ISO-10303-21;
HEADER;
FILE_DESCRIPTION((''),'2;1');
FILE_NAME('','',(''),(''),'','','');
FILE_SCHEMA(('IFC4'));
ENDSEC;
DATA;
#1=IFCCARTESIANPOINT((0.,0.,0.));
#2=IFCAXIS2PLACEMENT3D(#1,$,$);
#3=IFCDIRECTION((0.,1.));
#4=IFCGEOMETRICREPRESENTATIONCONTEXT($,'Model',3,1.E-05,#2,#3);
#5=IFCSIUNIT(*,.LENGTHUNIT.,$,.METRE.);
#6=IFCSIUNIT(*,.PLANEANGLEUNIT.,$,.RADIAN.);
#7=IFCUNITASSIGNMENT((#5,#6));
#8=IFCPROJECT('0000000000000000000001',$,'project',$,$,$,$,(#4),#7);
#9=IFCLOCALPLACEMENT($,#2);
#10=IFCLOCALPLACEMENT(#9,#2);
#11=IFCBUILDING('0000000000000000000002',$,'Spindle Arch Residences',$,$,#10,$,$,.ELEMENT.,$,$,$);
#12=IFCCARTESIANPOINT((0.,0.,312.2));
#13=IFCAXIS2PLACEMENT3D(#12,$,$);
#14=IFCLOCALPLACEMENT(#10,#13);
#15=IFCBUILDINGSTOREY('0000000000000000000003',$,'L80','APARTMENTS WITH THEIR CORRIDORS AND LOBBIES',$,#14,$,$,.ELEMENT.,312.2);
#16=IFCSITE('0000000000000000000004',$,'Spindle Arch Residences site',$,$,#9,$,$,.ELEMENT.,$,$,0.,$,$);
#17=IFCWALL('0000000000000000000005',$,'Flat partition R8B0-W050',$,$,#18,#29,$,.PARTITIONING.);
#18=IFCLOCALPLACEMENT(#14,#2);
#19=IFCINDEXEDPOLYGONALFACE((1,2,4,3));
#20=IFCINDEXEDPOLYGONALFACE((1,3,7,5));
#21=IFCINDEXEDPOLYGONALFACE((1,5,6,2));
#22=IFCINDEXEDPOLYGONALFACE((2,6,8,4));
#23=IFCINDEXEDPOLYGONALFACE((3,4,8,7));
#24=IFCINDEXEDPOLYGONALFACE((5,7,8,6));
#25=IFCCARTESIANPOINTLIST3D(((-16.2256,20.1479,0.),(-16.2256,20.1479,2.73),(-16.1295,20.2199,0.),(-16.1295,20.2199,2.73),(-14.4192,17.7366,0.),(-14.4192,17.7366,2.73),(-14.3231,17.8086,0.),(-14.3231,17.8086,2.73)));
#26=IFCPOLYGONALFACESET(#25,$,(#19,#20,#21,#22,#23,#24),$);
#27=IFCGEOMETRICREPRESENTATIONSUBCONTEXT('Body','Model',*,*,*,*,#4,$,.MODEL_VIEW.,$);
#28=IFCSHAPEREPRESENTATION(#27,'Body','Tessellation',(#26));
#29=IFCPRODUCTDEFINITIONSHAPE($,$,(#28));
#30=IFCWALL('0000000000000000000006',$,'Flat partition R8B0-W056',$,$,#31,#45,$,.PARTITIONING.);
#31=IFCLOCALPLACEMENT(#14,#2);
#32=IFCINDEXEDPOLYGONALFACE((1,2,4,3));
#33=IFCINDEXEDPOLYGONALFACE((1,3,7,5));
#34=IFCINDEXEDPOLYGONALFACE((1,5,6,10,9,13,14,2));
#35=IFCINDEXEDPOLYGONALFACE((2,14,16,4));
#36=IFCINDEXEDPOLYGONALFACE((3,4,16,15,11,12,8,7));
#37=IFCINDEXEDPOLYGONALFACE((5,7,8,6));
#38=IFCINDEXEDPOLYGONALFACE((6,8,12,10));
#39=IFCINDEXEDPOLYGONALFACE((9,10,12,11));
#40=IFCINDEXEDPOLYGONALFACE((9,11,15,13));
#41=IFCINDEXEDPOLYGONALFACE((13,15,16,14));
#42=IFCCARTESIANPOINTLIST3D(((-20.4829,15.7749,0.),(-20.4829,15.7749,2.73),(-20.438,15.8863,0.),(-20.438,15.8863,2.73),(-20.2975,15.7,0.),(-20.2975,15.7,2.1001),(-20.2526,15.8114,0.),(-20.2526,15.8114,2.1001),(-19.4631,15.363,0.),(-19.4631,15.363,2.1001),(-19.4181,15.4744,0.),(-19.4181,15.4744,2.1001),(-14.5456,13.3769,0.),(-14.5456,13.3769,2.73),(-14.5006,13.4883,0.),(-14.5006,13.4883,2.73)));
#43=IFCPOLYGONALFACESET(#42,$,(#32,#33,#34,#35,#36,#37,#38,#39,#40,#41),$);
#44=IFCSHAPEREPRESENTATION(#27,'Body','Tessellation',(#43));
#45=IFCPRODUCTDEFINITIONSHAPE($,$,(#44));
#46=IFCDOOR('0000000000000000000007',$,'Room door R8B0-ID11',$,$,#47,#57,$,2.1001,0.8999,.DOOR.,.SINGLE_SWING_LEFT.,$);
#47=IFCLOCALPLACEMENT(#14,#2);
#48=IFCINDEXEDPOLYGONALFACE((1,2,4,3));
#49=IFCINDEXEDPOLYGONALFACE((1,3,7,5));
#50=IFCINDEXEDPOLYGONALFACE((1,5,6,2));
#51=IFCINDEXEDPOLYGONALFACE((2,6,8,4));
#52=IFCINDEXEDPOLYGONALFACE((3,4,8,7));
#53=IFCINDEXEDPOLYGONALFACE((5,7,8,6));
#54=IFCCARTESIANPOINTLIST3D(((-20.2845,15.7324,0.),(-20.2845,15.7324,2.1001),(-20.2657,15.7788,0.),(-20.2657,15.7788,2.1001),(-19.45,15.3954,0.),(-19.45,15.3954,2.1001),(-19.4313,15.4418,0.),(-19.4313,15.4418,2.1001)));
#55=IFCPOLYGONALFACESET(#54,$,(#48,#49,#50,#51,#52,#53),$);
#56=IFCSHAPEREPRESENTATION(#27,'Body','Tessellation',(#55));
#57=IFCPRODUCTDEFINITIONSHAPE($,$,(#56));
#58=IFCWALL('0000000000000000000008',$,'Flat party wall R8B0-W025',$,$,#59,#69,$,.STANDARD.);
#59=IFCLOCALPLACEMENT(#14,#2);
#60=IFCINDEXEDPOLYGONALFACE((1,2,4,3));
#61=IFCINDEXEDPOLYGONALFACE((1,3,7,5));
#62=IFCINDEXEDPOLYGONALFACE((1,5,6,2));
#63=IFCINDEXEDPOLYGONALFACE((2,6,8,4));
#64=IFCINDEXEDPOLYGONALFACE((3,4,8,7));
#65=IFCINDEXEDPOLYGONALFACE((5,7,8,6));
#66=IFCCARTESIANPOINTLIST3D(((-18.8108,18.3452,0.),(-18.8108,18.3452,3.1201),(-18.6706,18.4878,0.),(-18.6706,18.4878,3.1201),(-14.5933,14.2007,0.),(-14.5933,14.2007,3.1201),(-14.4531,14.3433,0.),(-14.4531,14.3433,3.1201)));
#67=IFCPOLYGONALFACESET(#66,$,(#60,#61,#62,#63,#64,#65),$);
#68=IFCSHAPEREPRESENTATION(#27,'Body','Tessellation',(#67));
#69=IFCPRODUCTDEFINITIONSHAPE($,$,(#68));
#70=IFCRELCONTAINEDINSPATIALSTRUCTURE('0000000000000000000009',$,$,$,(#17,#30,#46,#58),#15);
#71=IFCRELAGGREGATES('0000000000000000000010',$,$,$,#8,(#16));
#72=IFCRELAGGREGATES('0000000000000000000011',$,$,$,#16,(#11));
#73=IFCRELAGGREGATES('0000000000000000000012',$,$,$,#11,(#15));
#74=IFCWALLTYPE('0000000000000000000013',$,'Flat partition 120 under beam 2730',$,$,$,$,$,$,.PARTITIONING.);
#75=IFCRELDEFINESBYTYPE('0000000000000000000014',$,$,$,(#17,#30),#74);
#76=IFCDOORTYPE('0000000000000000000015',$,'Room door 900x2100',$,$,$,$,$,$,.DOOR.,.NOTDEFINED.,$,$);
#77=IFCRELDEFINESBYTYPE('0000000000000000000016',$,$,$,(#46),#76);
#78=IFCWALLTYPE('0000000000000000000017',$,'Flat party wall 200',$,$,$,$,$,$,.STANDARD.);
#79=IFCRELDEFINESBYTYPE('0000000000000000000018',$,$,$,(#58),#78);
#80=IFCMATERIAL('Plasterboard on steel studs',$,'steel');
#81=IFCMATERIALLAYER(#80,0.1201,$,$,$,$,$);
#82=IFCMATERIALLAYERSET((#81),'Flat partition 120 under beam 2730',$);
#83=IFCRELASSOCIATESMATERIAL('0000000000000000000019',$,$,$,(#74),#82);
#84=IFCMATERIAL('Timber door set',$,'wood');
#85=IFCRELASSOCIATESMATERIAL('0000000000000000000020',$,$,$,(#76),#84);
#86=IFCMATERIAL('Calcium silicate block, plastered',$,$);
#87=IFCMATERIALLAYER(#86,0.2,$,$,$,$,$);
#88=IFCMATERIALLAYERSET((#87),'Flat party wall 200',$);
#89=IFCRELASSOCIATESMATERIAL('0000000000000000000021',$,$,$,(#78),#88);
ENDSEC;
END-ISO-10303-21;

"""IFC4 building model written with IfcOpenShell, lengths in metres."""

from ifc_helpers import new_model, si_unit, direction, frame, frame_2d, origin, place, context, subcontext, project, spatial, rectangle, extrude, material, layer, layer_set, type_object, element, fill, save


model = new_model("IFC4")

# Units and contexts
model_context = context("Model", 3, precision=1e-05, world=origin(), true_north=direction((0.0, 1.0)))
body_context = subcontext(model_context, "Body", "Model", "MODEL_VIEW")
ifc_project = project(units=[si_unit("LENGTHUNIT", "METRE"), si_unit("PLANEANGLEUNIT", "RADIAN")], contexts=[model_context])

# Site, building, storey
site_placement = place(None, origin())
site = spatial("IfcSite", under=ifc_project, at=site_placement, Name="Spindle Arch Residences site", CompositionType="ELEMENT", RefElevation=0.0)
building_placement = place(site_placement, origin())
building = spatial("IfcBuilding", under=site, at=building_placement, Name="Spindle Arch Residences", CompositionType="ELEMENT")
storey_placement = place(building_placement, frame((0.0, 0.0, 312.2)))
storey = spatial("IfcBuildingStorey", under=building, at=storey_placement, Name="L80", Description="APARTMENTS WITH THEIR CORRIDORS AND LOBBIES", CompositionType="ELEMENT", Elevation=312.2)

# Wall
ifc_material_1 = material(Name="Plasterboard on steel studs", Category="steel")
ifc_layer_1 = layer(ifc_material_1, 0.1201)
ifc_layer_set_1 = layer_set([ifc_layer_1], Name="Flat partition 120 under beam 2730")
wall_type_1 = type_object("IfcWallType", Name="Flat partition 120 under beam 2730", PredefinedType="PARTITIONING", material=ifc_layer_set_1)
wall_1_placement = place(storey_placement, frame((-16.1775, 20.1838, 0.0), z_axis=(0.0, 0.0, 1.0), x_axis=(0.599546, -0.80034, 0.0)))
element("IfcWall", 1, at=wall_1_placement, inside=storey, type_object=wall_type_1, Name="Flat partition R8B0-W050", PredefinedType="PARTITIONING", context=body_context, shape_type="SweptSolid", body=[
    extrude(rectangle(XDim=3.0129, YDim=0.1201, at=frame_2d((1.5063, 0.0))), origin(), (0.0, 0.0, 1.0), 2.73),
])

# Wall, opening, door
wall_2_placement = place(storey_placement, frame((-20.4604, 15.8306, 0.0), z_axis=(0.0, 0.0, 1.0), x_axis=(0.92723, -0.374491, 0.0)))
wall_2 = element("IfcWall", 2, at=wall_2_placement, inside=storey, type_object=wall_type_1, Name="Flat partition R8B0-W056", PredefinedType="PARTITIONING", context=body_context, shape_type="SweptSolid", body=[
    extrude(rectangle(XDim=6.4033, YDim=0.1201, at=frame_2d((3.2017, 0.0))), origin(), (0.0, 0.0, 1.0), 2.73),
])
opening_1_placement = place(wall_2_placement, frame((0.2, 0.0, 0.0)))
opening_1 = element("IfcOpeningElement", 3, at=opening_1_placement, cuts=wall_2, PredefinedType="OPENING", context=body_context, shape_type="SweptSolid", body=[
    extrude(rectangle(XDim=0.8999, YDim=2.1001, at=frame_2d((0.45, 1.05))), frame((0.0, 0.0701, 0.0), z_axis=(0.0, -1.0, 0.0), x_axis=(1.0, 0.0, 0.0)), (0.0, 0.0, 1.0), 0.1401),
])
ifc_material_2 = material(Name="Timber door set", Category="wood")
door_type_1 = type_object("IfcDoorType", Name="Room door 900x2100", OperationType="NOTDEFINED", PredefinedType="DOOR", material=ifc_material_2)
door_1_placement = place(opening_1_placement, origin())
door_1 = element("IfcDoor", 4, at=door_1_placement, inside=storey, type_object=door_type_1, Name="Room door R8B0-ID11", OperationType="SINGLE_SWING_LEFT", OverallHeight=2.1001, OverallWidth=0.8999, PredefinedType="DOOR", context=body_context, shape_type="SweptSolid", body=[
    extrude(rectangle(XDim=0.8999, YDim=2.1001, at=frame_2d((0.45, 1.05))), frame((0.0, 0.0249, 0.0), z_axis=(0.0, -1.0, 0.0), x_axis=(1.0, 0.0, 0.0)), (0.0, 0.0, 1.0), 0.05),
])
fill(opening_1, door_1)

# Wall
ifc_material_3 = material(Name="Calcium silicate block, plastered")
ifc_layer_2 = layer(ifc_material_3, 0.2)
ifc_layer_set_2 = layer_set([ifc_layer_2], Name="Flat party wall 200")
wall_type_2 = type_object("IfcWallType", Name="Flat party wall 200", PredefinedType="STANDARD", material=ifc_layer_set_2)
wall_3_placement = place(storey_placement, frame((-18.7407, 18.4165, 0.0), z_axis=(0.0, 0.0, 1.0), x_axis=(0.713252, -0.700907, 0.0)))
element("IfcWall", 5, at=wall_3_placement, inside=storey, type_object=wall_type_2, Name="Flat party wall R8B0-W025", PredefinedType="STANDARD", context=body_context, shape_type="SweptSolid", body=[
    extrude(rectangle(XDim=5.9131, YDim=0.2, at=frame_2d((2.9565, 0.0))), origin(), (0.0, 0.0, 1.0), 3.1201),
])

save(model, "model.ifc")
